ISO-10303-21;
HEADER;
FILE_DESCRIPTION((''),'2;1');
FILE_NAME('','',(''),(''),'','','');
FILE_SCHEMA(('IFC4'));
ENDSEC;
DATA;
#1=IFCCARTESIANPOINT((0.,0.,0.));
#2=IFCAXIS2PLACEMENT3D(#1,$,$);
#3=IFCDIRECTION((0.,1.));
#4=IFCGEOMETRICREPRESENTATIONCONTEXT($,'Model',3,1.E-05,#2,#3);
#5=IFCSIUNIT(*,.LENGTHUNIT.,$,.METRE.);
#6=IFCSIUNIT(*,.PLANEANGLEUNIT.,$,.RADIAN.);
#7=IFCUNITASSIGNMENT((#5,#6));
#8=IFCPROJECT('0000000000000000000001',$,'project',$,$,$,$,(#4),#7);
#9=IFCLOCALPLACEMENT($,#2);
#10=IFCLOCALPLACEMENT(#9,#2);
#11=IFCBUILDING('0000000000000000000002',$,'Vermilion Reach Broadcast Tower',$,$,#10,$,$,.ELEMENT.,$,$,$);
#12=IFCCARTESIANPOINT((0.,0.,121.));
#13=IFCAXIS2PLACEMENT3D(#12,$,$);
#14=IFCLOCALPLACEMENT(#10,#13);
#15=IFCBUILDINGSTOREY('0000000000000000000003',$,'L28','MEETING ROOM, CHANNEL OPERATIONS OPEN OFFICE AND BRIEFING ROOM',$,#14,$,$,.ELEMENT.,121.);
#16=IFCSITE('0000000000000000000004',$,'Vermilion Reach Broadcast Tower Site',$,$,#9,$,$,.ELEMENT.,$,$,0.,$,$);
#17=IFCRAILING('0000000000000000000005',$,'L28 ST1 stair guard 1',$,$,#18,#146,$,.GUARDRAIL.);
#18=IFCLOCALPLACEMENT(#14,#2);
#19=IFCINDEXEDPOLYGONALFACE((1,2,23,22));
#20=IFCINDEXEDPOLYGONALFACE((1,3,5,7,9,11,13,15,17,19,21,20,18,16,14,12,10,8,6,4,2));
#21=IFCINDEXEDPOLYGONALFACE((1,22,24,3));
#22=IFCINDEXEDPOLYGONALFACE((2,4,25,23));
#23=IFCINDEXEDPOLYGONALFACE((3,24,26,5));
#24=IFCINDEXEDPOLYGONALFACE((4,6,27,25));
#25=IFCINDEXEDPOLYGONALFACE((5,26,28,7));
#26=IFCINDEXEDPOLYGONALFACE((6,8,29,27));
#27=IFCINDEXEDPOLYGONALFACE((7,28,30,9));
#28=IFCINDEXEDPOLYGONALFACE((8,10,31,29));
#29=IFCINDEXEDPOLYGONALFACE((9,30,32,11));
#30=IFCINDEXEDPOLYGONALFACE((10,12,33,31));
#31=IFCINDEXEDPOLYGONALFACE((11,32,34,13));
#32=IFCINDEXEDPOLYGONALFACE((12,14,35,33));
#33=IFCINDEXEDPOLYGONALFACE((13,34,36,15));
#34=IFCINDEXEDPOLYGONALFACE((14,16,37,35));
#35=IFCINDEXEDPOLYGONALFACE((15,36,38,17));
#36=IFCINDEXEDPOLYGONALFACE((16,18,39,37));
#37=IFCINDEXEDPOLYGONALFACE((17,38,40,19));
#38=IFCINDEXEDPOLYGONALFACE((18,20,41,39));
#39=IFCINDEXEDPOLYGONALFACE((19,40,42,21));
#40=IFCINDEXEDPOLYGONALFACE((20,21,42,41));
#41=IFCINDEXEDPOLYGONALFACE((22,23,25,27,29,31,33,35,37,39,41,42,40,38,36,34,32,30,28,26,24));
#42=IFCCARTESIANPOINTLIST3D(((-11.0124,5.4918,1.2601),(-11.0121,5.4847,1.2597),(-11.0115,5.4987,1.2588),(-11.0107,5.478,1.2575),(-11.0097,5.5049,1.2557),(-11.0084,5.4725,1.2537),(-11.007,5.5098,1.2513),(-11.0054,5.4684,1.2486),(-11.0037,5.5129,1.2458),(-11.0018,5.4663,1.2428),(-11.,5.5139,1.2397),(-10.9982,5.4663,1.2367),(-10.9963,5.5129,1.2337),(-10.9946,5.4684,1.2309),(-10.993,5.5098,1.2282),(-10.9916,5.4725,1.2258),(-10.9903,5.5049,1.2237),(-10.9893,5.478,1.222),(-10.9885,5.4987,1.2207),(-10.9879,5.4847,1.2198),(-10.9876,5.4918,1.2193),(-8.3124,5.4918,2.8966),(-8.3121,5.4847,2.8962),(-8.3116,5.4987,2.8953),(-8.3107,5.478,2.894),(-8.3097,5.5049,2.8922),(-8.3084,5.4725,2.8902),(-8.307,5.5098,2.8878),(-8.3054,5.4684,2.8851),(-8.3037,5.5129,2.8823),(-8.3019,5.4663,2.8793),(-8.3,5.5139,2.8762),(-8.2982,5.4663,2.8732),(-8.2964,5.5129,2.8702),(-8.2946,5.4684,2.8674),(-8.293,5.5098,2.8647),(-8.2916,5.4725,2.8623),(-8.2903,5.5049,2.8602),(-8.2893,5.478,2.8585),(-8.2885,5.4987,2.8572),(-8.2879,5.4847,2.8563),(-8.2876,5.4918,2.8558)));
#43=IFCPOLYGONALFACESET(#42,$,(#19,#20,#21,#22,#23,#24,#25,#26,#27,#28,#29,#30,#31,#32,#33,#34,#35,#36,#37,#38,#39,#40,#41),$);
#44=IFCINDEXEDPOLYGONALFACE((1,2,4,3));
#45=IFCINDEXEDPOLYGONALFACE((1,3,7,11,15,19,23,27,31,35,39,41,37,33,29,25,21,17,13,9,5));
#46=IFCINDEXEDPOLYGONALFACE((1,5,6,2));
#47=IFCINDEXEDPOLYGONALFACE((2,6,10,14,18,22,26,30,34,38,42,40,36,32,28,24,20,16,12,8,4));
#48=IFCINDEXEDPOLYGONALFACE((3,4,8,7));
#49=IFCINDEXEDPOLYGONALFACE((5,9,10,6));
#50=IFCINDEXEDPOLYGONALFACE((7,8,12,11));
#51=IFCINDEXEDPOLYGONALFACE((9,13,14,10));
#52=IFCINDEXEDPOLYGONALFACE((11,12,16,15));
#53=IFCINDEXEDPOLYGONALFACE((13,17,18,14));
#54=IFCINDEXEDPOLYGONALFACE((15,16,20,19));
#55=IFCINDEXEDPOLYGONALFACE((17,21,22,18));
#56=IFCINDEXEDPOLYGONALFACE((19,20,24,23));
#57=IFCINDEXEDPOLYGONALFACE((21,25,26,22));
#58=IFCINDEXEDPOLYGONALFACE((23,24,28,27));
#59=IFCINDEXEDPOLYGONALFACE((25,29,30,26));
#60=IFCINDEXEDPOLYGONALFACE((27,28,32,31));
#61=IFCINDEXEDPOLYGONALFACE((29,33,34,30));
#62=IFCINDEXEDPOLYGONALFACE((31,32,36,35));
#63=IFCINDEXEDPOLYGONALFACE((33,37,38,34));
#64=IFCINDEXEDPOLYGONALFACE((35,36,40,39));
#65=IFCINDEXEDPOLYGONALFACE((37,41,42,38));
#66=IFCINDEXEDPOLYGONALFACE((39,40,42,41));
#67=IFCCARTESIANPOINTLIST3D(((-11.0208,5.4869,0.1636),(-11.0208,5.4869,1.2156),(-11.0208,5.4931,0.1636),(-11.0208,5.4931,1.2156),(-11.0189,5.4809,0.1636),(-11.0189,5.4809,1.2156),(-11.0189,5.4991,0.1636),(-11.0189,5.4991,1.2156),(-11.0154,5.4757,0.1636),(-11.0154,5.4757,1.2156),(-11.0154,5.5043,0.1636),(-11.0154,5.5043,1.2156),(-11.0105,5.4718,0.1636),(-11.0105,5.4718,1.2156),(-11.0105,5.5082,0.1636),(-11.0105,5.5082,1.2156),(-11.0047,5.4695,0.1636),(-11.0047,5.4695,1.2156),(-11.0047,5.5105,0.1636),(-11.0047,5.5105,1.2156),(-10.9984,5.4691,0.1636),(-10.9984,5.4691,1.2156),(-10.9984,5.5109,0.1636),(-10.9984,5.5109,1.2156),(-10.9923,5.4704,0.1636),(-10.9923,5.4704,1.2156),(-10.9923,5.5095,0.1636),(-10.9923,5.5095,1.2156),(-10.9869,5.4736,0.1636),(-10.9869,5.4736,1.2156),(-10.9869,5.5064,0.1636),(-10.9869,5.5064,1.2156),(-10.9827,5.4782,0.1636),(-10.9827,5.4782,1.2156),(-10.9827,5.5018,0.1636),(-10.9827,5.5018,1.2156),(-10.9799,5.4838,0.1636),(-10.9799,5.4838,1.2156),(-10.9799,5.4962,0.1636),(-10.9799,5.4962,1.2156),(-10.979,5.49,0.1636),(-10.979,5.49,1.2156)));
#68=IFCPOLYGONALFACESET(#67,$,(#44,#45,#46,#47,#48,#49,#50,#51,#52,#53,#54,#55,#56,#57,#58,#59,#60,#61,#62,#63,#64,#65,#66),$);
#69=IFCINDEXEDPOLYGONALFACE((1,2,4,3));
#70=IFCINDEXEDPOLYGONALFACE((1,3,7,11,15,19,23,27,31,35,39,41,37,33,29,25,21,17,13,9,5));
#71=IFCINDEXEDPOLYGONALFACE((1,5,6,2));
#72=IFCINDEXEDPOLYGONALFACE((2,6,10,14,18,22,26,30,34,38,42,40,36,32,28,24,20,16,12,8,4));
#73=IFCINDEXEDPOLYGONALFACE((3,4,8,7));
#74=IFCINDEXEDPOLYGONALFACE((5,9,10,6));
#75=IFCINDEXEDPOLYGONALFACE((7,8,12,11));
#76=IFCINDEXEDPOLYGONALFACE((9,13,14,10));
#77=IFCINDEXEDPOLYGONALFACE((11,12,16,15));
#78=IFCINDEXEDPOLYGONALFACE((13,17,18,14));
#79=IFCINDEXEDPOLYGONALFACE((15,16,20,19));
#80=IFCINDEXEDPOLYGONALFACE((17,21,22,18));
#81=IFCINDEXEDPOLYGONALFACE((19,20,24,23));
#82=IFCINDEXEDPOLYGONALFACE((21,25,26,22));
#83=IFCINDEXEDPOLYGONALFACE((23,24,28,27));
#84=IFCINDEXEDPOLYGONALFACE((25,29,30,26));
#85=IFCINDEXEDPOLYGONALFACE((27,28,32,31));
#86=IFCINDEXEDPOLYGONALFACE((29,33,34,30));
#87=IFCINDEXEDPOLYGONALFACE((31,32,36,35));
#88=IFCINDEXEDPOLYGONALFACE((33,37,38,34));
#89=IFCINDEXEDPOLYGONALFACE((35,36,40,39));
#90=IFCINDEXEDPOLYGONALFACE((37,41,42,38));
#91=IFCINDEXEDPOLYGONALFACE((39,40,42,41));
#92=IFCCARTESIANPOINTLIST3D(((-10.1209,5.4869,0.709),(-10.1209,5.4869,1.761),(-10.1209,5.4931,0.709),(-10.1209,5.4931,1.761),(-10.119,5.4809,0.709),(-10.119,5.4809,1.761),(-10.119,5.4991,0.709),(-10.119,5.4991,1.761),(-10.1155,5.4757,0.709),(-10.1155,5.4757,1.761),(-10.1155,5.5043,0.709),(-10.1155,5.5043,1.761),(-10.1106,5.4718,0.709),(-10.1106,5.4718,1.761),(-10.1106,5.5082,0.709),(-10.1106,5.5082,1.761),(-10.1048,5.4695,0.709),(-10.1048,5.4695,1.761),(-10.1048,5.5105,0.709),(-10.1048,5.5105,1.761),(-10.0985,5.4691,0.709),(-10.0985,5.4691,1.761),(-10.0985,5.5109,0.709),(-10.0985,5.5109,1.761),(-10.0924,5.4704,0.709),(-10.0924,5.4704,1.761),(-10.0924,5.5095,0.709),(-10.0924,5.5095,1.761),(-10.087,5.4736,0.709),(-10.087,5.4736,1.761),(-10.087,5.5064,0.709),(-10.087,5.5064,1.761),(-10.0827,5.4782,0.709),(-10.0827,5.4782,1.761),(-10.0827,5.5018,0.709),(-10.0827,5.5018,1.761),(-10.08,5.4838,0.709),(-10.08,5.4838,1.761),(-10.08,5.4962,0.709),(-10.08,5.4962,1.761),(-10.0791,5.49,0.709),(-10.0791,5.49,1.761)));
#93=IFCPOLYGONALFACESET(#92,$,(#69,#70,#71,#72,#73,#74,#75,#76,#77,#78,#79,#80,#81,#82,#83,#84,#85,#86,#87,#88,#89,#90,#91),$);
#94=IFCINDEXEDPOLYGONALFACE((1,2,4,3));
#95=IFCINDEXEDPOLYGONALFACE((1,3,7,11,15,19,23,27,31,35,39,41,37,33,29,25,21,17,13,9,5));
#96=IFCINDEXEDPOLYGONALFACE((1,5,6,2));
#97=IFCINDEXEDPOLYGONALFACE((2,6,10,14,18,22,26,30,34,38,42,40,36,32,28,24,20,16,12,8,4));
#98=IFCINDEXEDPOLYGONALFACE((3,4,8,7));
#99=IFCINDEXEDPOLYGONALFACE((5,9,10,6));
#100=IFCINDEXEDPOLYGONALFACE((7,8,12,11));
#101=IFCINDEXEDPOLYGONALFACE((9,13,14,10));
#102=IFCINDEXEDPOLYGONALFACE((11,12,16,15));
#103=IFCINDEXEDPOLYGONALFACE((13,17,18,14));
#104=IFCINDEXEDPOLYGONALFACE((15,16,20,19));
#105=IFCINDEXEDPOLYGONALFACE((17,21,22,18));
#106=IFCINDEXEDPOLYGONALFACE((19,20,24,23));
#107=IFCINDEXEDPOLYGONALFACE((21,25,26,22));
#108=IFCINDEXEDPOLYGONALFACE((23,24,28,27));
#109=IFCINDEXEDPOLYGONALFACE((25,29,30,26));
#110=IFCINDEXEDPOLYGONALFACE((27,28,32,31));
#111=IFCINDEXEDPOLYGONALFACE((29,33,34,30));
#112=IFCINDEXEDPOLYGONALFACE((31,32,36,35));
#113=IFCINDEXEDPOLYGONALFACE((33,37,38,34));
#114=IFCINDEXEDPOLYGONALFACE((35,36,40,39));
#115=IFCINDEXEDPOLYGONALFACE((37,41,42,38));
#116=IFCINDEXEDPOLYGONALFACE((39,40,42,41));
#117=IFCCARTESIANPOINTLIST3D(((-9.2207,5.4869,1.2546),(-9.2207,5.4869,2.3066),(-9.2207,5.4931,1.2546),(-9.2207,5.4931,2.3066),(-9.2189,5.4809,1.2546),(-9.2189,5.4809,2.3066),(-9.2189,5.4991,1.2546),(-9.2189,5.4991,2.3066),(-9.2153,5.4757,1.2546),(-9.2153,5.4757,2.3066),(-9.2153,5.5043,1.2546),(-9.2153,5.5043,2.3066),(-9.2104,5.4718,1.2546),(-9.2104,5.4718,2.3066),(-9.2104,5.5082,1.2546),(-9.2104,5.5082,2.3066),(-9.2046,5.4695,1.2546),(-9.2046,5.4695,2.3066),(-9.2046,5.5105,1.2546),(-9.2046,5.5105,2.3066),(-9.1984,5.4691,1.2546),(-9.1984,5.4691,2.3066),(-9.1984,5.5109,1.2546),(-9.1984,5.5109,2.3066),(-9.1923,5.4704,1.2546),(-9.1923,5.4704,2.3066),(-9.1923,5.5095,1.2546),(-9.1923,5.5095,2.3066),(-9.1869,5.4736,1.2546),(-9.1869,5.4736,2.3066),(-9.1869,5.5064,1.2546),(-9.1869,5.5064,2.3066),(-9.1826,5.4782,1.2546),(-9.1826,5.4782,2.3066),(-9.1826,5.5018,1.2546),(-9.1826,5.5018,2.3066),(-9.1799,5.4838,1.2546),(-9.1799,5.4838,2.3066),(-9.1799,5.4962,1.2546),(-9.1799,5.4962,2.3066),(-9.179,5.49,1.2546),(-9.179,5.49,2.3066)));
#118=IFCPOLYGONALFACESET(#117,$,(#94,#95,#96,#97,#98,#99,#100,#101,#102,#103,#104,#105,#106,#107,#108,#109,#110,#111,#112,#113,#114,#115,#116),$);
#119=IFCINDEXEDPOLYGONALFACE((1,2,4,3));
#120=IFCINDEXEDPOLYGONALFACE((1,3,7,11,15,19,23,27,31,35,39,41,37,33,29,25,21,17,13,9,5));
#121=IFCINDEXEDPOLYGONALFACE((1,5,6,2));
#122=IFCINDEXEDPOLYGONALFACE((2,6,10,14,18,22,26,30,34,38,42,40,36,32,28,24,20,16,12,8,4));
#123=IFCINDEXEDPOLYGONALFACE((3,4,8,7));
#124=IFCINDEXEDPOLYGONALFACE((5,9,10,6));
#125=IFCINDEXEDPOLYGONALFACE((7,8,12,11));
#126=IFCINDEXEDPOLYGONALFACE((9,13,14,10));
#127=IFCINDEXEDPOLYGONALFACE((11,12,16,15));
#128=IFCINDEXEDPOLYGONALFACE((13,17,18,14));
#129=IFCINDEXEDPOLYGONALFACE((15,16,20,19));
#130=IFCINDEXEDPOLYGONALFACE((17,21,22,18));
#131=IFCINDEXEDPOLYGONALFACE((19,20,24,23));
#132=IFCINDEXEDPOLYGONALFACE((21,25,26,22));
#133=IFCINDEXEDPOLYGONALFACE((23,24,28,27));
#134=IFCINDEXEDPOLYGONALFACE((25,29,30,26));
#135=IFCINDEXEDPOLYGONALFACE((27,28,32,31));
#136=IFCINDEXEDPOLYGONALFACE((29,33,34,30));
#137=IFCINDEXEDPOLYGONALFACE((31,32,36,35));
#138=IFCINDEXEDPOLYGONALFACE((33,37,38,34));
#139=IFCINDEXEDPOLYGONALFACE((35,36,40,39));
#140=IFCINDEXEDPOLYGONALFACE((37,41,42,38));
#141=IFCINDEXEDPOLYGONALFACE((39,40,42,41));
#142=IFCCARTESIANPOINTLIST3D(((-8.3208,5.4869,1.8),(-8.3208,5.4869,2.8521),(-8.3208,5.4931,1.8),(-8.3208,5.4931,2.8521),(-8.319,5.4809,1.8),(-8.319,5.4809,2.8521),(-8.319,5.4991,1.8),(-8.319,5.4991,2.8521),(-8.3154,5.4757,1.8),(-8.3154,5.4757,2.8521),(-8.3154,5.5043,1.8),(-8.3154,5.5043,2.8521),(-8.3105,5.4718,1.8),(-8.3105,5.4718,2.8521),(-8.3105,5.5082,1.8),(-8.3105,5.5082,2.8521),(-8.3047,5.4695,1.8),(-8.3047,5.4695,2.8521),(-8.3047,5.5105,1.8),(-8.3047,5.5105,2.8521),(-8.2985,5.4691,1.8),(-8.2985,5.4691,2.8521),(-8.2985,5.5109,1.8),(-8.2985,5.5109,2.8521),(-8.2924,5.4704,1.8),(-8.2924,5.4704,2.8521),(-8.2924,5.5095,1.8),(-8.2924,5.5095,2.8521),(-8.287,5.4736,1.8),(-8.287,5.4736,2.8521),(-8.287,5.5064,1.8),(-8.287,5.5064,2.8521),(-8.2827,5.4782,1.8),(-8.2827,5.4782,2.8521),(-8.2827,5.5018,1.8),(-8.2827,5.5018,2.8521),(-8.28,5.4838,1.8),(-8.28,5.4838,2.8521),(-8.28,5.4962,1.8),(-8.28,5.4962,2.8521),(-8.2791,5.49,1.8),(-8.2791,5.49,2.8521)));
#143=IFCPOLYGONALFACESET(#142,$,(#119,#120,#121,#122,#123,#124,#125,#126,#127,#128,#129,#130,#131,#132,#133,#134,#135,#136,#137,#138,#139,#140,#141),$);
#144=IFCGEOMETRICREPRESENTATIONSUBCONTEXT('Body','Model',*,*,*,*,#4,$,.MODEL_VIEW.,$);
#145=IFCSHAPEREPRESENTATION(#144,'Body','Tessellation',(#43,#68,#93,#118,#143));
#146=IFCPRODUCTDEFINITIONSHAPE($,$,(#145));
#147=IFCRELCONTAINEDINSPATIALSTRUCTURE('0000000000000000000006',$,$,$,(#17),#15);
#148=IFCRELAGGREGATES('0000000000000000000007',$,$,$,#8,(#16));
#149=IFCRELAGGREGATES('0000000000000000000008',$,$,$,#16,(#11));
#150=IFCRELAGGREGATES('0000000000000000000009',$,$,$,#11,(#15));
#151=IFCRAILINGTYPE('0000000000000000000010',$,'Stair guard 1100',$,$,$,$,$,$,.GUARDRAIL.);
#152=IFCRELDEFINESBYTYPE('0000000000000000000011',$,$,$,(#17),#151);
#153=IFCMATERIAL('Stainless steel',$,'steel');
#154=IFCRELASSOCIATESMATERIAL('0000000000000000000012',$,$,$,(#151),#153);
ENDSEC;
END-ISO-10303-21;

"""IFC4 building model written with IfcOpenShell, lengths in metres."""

from ifc_helpers import new_model, si_unit, direction, frame, origin, origin_2d, place, context, subcontext, project, spatial, circle, extrude, material, type_object, element, save


model = new_model("IFC4")

# Units and contexts
model_context = context("Model", 3, precision=1e-05, world=origin(), true_north=direction((0.0, 1.0)))
body_context = subcontext(model_context, "Body", "Model", "MODEL_VIEW")
ifc_project = project(units=[si_unit("LENGTHUNIT", "METRE"), si_unit("PLANEANGLEUNIT", "RADIAN")], contexts=[model_context])

# Site, building, storey
site_placement = place(None, origin())
site = spatial("IfcSite", under=ifc_project, at=site_placement, Name="Vermilion Reach Broadcast Tower Site", CompositionType="ELEMENT", RefElevation=0.0)
building_placement = place(site_placement, origin())
building = spatial("IfcBuilding", under=site, at=building_placement, Name="Vermilion Reach Broadcast Tower", CompositionType="ELEMENT")
storey_placement = place(building_placement, frame((0.0, 0.0, 121.0)))
storey = spatial("IfcBuildingStorey", under=building, at=storey_placement, Name="L28", Description="MEETING ROOM, CHANNEL OPERATIONS OPEN OFFICE AND BRIEFING ROOM", CompositionType="ELEMENT", Elevation=121.0)

# Railing
ifc_material_1 = material(Name="Stainless steel", Category="steel")
railing_type_1 = type_object("IfcRailingType", Name="Stair guard 1100", PredefinedType="GUARDRAIL", material=ifc_material_1)
railing_1_placement = place(storey_placement, frame((-11.0, 5.49, 0.1636)))
element("IfcRailing", 1, at=railing_1_placement, inside=storey, type_object=railing_type_1, Name="L28 ST1 stair guard 1", PredefinedType="GUARDRAIL", context=body_context, shape_type="SweptSolid", body=[
    extrude(circle(Radius=0.0239, at=origin_2d()), frame((0.0, 0.0, 1.0762), z_axis=(0.855178, 0.0, 0.518334), x_axis=(0.0, 1.0, 0.0)), (0.0, 0.0, 1.0), 3.1572),
    extrude(circle(Radius=0.021, at=origin_2d()), origin(), (0.0, 0.0, 1.0), 1.052),
    extrude(circle(Radius=0.021, at=origin_2d()), frame((0.8999, 0.0, 0.5454)), (0.0, 0.0, 1.0), 1.052),
    extrude(circle(Radius=0.021, at=origin_2d()), frame((1.8, 0.0, 1.0911)), (0.0, 0.0, 1.0), 1.052),
    extrude(circle(Radius=0.021, at=origin_2d()), frame((2.7, 0.0, 1.6365)), (0.0, 0.0, 1.0), 1.052),
])

save(model, "model.ifc")
